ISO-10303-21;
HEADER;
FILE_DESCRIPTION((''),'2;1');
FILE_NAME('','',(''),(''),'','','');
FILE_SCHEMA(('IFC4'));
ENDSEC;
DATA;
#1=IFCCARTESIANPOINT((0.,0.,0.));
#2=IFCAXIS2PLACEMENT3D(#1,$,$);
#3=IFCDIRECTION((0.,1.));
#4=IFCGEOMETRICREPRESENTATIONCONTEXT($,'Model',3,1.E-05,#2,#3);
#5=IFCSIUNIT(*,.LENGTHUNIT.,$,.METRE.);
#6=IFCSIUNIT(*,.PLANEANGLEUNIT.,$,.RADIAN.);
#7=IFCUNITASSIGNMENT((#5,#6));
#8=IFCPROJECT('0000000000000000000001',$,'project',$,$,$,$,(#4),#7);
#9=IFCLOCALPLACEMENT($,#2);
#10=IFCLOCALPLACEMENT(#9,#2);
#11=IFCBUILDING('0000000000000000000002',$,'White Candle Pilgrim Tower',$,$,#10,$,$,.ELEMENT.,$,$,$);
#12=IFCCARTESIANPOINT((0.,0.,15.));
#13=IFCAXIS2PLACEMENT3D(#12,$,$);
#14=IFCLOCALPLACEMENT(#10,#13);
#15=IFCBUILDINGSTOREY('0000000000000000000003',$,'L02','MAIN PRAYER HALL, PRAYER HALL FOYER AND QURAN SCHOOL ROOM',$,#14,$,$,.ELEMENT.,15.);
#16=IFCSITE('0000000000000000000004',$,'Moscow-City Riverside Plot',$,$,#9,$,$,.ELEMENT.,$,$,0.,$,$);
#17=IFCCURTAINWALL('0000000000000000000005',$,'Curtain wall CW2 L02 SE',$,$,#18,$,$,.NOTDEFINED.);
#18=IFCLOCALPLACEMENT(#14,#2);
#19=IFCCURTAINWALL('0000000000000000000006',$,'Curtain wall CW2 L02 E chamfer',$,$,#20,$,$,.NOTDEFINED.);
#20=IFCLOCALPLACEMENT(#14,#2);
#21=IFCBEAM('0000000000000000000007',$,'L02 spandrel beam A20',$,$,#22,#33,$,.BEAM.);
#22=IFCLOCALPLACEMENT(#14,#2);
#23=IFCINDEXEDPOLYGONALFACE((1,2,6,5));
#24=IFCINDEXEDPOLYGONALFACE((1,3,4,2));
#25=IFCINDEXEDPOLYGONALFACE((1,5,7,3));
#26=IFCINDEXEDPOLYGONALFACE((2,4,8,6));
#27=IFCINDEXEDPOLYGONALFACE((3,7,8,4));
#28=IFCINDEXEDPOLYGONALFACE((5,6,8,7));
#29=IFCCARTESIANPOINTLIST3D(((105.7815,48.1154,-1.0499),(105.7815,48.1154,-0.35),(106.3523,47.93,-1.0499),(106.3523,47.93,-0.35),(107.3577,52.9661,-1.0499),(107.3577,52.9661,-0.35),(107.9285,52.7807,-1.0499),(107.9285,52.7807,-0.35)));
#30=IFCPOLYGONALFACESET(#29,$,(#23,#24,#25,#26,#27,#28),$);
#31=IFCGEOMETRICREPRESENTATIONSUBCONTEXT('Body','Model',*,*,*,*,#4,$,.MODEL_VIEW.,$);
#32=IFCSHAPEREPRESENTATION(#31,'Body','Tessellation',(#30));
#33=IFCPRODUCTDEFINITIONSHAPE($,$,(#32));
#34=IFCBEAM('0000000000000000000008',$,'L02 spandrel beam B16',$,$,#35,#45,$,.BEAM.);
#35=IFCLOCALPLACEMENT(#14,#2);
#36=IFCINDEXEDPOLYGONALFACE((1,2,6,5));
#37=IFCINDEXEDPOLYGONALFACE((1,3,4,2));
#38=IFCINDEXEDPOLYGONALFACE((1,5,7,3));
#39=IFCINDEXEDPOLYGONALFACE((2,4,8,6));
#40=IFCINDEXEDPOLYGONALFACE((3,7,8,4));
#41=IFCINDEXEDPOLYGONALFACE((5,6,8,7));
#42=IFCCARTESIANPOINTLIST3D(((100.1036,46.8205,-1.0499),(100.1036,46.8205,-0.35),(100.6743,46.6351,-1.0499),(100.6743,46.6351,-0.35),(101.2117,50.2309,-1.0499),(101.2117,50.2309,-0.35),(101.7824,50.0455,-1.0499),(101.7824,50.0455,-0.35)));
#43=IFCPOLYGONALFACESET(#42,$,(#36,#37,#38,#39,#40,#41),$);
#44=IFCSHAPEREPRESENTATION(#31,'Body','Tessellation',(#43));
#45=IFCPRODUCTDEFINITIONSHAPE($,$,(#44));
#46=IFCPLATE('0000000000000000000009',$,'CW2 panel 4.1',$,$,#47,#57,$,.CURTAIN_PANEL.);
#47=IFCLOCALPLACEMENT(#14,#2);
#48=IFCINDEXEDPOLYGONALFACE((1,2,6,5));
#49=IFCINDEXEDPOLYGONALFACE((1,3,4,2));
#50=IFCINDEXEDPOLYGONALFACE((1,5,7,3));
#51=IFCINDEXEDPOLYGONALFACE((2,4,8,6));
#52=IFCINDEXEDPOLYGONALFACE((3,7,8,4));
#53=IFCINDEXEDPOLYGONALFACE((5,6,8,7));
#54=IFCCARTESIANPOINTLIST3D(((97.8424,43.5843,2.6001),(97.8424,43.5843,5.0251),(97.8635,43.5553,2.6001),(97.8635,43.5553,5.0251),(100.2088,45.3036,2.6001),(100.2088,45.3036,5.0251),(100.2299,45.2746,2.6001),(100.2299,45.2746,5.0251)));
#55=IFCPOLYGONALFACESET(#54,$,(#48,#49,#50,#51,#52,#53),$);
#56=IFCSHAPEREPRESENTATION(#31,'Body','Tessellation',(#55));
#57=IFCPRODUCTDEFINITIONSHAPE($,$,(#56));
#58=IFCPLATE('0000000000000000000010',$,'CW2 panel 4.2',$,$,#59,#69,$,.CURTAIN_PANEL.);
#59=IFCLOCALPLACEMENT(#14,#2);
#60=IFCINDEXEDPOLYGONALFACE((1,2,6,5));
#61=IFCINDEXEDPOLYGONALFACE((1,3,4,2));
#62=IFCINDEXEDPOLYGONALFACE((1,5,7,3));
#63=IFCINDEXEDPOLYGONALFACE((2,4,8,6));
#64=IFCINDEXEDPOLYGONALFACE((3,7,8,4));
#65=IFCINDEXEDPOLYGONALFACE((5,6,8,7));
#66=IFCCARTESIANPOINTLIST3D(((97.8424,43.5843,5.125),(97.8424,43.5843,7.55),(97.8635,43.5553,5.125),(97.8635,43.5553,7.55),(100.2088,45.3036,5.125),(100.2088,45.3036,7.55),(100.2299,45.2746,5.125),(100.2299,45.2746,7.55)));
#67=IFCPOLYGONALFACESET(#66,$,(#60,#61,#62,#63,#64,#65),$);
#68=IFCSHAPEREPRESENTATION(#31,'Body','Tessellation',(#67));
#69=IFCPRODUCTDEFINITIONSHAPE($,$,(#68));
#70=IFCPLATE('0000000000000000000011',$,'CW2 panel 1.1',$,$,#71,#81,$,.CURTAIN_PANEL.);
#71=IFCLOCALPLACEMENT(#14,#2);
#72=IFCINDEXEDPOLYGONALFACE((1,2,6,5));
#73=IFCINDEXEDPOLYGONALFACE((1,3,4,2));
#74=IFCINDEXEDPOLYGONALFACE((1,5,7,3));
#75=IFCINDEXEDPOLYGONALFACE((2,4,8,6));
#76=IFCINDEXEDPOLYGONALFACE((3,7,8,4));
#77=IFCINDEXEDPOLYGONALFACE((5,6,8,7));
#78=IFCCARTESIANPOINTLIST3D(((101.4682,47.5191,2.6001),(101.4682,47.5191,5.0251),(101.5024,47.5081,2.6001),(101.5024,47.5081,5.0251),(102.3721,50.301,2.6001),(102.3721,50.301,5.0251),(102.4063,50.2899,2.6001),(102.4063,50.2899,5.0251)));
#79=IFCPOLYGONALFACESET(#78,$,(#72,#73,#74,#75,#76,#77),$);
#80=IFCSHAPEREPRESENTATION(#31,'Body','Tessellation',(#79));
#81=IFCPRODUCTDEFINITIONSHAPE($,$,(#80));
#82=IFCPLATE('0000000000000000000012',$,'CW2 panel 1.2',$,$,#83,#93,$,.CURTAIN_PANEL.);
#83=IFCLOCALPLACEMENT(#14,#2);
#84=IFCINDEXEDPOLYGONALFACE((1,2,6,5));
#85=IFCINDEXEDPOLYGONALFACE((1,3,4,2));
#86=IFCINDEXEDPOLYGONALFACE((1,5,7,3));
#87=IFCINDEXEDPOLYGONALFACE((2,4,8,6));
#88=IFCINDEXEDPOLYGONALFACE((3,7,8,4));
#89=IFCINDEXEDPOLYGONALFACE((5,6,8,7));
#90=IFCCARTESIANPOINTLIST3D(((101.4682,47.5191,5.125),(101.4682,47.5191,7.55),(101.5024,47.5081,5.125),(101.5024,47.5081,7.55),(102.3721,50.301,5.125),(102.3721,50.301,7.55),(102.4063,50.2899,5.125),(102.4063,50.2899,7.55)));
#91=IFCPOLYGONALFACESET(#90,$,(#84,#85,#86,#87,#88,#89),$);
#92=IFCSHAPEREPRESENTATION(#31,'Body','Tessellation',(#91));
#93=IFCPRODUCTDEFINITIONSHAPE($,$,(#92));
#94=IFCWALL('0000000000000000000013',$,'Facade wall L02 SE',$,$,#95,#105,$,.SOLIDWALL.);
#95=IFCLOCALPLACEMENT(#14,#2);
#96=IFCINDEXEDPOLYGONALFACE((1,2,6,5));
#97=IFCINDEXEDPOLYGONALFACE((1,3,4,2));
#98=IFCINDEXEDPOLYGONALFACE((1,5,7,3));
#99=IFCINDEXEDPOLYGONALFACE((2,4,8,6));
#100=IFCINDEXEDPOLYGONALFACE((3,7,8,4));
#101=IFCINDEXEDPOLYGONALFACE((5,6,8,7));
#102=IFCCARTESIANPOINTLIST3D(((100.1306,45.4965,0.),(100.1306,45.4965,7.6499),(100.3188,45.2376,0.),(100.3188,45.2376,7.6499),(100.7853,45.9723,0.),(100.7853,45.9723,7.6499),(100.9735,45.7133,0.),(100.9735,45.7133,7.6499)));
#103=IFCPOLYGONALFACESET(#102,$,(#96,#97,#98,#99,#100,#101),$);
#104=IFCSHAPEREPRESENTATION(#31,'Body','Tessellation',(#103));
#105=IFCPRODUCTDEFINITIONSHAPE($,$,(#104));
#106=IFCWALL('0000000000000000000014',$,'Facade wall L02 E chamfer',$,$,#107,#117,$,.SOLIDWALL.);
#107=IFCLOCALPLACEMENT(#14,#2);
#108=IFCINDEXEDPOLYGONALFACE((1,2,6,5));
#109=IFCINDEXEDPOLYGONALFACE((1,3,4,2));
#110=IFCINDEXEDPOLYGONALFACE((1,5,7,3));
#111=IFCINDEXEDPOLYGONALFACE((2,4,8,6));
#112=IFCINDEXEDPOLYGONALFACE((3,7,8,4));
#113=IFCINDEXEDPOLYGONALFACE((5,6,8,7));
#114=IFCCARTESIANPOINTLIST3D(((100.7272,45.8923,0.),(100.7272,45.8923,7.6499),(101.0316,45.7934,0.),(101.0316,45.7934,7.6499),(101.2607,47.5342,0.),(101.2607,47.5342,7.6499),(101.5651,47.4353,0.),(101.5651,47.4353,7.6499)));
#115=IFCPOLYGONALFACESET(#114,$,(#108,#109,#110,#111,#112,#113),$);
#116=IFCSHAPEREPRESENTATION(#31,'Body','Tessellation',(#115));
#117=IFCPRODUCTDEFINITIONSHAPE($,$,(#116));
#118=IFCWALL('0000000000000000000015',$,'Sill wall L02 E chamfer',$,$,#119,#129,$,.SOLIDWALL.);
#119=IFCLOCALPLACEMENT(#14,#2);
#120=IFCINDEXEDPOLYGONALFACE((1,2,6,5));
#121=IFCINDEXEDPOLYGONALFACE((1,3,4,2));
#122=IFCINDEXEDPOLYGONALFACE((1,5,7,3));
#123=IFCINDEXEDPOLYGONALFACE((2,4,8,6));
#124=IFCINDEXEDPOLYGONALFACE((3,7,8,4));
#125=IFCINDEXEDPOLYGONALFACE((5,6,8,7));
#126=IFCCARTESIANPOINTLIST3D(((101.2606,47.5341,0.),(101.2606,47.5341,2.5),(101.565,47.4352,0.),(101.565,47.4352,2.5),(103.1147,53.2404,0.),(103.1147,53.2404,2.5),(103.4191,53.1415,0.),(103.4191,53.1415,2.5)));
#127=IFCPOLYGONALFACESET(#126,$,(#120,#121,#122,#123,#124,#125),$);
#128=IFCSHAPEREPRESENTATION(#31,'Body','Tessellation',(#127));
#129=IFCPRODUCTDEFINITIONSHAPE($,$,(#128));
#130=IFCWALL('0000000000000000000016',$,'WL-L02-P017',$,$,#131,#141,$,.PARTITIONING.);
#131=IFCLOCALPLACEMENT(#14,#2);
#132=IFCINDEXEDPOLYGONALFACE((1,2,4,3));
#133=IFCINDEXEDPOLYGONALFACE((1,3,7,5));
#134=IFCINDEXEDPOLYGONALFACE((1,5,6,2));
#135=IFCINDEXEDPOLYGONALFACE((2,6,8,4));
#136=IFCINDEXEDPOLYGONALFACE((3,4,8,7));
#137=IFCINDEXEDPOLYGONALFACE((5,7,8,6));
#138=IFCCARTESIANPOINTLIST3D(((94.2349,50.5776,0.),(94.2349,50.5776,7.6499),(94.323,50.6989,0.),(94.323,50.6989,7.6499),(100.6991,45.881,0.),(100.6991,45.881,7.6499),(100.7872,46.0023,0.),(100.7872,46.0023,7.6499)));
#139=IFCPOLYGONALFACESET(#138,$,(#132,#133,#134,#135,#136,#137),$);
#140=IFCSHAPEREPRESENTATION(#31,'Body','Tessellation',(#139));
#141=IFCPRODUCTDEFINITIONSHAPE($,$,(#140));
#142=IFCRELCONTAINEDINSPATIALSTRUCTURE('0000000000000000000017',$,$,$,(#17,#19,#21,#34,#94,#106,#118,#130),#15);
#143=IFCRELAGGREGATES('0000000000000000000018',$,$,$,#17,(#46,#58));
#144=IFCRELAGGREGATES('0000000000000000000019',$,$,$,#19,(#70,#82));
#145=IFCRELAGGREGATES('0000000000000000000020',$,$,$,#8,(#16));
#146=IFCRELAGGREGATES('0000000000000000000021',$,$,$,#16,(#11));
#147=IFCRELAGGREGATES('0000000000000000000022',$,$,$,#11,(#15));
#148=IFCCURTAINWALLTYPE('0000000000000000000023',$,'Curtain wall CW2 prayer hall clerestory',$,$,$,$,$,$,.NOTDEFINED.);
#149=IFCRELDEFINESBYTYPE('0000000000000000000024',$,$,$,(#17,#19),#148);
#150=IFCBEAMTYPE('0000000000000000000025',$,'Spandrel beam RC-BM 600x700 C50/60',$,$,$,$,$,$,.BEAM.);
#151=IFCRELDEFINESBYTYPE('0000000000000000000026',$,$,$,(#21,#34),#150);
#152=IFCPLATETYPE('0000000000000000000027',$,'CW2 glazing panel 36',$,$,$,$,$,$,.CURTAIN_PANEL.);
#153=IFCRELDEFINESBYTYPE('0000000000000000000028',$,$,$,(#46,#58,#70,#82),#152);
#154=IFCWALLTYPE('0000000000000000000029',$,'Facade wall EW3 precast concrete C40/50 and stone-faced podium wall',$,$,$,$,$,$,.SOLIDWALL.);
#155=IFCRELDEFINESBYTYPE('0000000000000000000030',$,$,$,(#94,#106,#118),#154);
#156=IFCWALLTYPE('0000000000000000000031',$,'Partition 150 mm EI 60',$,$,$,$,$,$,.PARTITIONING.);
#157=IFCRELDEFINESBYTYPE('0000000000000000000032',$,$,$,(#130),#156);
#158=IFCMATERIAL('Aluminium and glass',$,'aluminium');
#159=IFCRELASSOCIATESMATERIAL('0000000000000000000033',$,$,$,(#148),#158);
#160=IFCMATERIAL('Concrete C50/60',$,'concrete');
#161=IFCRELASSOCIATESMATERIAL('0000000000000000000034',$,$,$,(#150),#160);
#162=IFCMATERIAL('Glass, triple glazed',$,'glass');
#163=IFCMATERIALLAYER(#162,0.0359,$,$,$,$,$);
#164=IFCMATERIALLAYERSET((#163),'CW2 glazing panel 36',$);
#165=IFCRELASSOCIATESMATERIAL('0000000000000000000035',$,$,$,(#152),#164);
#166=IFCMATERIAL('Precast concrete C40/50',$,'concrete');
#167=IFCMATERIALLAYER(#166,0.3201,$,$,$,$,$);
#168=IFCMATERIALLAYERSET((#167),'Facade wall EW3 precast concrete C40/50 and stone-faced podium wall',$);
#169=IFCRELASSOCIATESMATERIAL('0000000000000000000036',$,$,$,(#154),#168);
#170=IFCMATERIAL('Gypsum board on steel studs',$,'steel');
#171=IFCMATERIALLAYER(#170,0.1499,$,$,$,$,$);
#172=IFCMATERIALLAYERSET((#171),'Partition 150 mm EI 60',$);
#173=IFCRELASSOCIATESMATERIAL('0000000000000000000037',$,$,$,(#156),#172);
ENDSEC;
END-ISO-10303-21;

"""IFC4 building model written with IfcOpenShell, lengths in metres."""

from ifc_helpers import new_model, si_unit, direction, frame, frame_2d, origin, origin_2d, place, context, subcontext, project, spatial, rectangle, extrude, material, layer, layer_set, material_profile, profile_set, type_object, element, aggregate, save


model = new_model("IFC4")

# Units and contexts
model_context = context("Model", 3, precision=1e-05, world=origin(), true_north=direction((0.0, 1.0)))
body_context = subcontext(model_context, "Body", "Model", "MODEL_VIEW")
ifc_project = project(units=[si_unit("LENGTHUNIT", "METRE"), si_unit("PLANEANGLEUNIT", "RADIAN")], contexts=[model_context])

# Site, building, storey
site_placement = place(None, origin())
site = spatial("IfcSite", under=ifc_project, at=site_placement, Name="Moscow-City Riverside Plot", CompositionType="ELEMENT", RefElevation=0.0)
building_placement = place(site_placement, origin())
building = spatial("IfcBuilding", under=site, at=building_placement, Name="White Candle Pilgrim Tower", CompositionType="ELEMENT")
storey_placement = place(building_placement, frame((0.0, 0.0, 15.0)))
storey = spatial("IfcBuildingStorey", under=building, at=storey_placement, Name="L02", Description="MAIN PRAYER HALL, PRAYER HALL FOYER AND QURAN SCHOOL ROOM", CompositionType="ELEMENT", Elevation=15.0)

# Curtain wall
ifc_material_1 = material(Name="Aluminium and glass", Category="aluminium")
curtain_wall_type = type_object("IfcCurtainWallType", Name="Curtain wall CW2 prayer hall clerestory", PredefinedType="NOTDEFINED", material=ifc_material_1)
curtain_wall_1_placement = place(storey_placement, origin())
curtain_wall_1 = element("IfcCurtainWall", 1, at=curtain_wall_1_placement, inside=storey, type_object=curtain_wall_type, Name="Curtain wall CW2 L02 SE", PredefinedType="NOTDEFINED")

# Curtain wall
curtain_wall_2_placement = place(storey_placement, origin())
curtain_wall_2 = element("IfcCurtainWall", 2, at=curtain_wall_2_placement, inside=storey, type_object=curtain_wall_type, Name="Curtain wall CW2 L02 E chamfer", PredefinedType="NOTDEFINED")

# Beams
ifc_material_2 = material(Name="Concrete C50/60", Category="concrete")
ifc_material_profile_1 = material_profile(ifc_material_2, rectangle(XDim=0.6001, YDim=0.7, at=origin_2d()), Name="RC-BM 600x700")
ifc_profile_set_1 = profile_set([ifc_material_profile_1], Name="Concrete C50/60")
beam_type = type_object("IfcBeamType", Name="Spandrel beam RC-BM 600x700 C50/60", PredefinedType="BEAM", material=ifc_profile_set_1)
beam_1_placement = place(storey_placement, frame((106.0669, 48.0227, -0.7), z_axis=(0.309038, 0.95105, 0.0), x_axis=(-0.95105, 0.309038, 0.0)))
element("IfcBeam", 3, at=beam_1_placement, inside=storey, type_object=beam_type, Name="L02 spandrel beam A20", PredefinedType="BEAM", context=body_context, shape_type="SweptSolid", body=[
    extrude(rectangle(XDim=0.6001, YDim=0.7, at=origin_2d()), origin(), (0.0, 0.0, 1.0), 5.1003),
])
beam_2_placement = place(storey_placement, frame((100.3889, 46.7278, -0.7), z_axis=(0.309029, 0.951053, 0.0), x_axis=(-0.951053, 0.309029, 0.0)))
element("IfcBeam", 4, at=beam_2_placement, inside=storey, type_object=beam_type, Name="L02 spandrel beam B16", PredefinedType="BEAM", context=body_context, shape_type="SweptSolid", body=[
    extrude(rectangle(XDim=0.6001, YDim=0.7, at=origin_2d()), origin(), (0.0, 0.0, 1.0), 3.5859),
])

# Plates
ifc_material_3 = material(Name="Glass, triple glazed", Category="glass")
ifc_layer_1 = layer(ifc_material_3, 0.0359)
ifc_layer_set_1 = layer_set([ifc_layer_1], Name="CW2 glazing panel 36")
plate_type = type_object("IfcPlateType", Name="CW2 glazing panel 36", PredefinedType="CURTAIN_PANEL", material=ifc_layer_set_1)
plate_1_placement = place(storey_placement, frame((99.0361, 44.4294, 2.6001), z_axis=(0.0, 0.0, 1.0), x_axis=(0.809017, 0.587785, 0.0)))
plate_1 = element("IfcPlate", 5, at=plate_1_placement, type_object=plate_type, Name="CW2 panel 4.1", PredefinedType="CURTAIN_PANEL", context=body_context, shape_type="SweptSolid", body=[
    extrude(rectangle(XDim=2.925, YDim=0.0359, at=origin_2d()), origin(), (0.0, 0.0, 1.0), 2.425),
])
plate_2_placement = place(storey_placement, frame((99.0361, 44.4294, 5.125), z_axis=(0.0, 0.0, 1.0), x_axis=(0.809017, 0.587785, 0.0)))
plate_2 = element("IfcPlate", 6, at=plate_2_placement, type_object=plate_type, Name="CW2 panel 4.2", PredefinedType="CURTAIN_PANEL", context=body_context, shape_type="SweptSolid", body=[
    extrude(rectangle(XDim=2.925, YDim=0.0359, at=origin_2d()), origin(), (0.0, 0.0, 1.0), 2.425),
])
aggregate(curtain_wall_1, [plate_1, plate_2])
plate_3_placement = place(storey_placement, frame((101.9373, 48.9045, 2.6001), z_axis=(0.0, 0.0, 1.0), x_axis=(0.309017, 0.951057, 0.0)))
plate_3 = element("IfcPlate", 7, at=plate_3_placement, type_object=plate_type, Name="CW2 panel 1.1", PredefinedType="CURTAIN_PANEL", context=body_context, shape_type="SweptSolid", body=[
    extrude(rectangle(XDim=2.925, YDim=0.0359, at=origin_2d()), origin(), (0.0, 0.0, 1.0), 2.425),
])
plate_4_placement = place(storey_placement, frame((101.9373, 48.9045, 5.125), z_axis=(0.0, 0.0, 1.0), x_axis=(0.309017, 0.951057, 0.0)))
plate_4 = element("IfcPlate", 8, at=plate_4_placement, type_object=plate_type, Name="CW2 panel 1.2", PredefinedType="CURTAIN_PANEL", context=body_context, shape_type="SweptSolid", body=[
    extrude(rectangle(XDim=2.925, YDim=0.0359, at=origin_2d()), origin(), (0.0, 0.0, 1.0), 2.425),
])
aggregate(curtain_wall_2, [plate_3, plate_4])

# Walls
ifc_material_4 = material(Name="Precast concrete C40/50", Category="concrete")
ifc_layer_2 = layer(ifc_material_4, 0.3201)
ifc_layer_set_2 = layer_set([ifc_layer_2], Name="Facade wall EW3 precast concrete C40/50 and stone-faced podium wall")
wall_type_1 = type_object("IfcWallType", Name="Facade wall EW3 precast concrete C40/50 and stone-faced podium wall", PredefinedType="SOLIDWALL", material=ifc_layer_set_2)
wall_1_placement = place(storey_placement, frame((100.2246, 45.3669, 0.0), z_axis=(0.0, 0.0, 1.0), x_axis=(0.808958, 0.587867, 0.0)))
element("IfcWall", 9, at=wall_1_placement, inside=storey, type_object=wall_type_1, Name="Facade wall L02 SE", PredefinedType="SOLIDWALL", context=body_context, shape_type="SweptSolid", body=[
    extrude(rectangle(XDim=0.8093, YDim=0.3201, at=frame_2d((0.4048, 0.0))), origin(), (0.0, 0.0, 1.0), 7.6499),
])
wall_2_placement = place(storey_placement, frame((100.8794, 45.8428, 0.0), z_axis=(0.0, 0.0, 1.0), x_axis=(0.309006, 0.95106, 0.0)))
element("IfcWall", 10, at=wall_2_placement, inside=storey, type_object=wall_type_1, Name="Facade wall L02 E chamfer", PredefinedType="SOLIDWALL", context=body_context, shape_type="SweptSolid", body=[
    extrude(rectangle(XDim=1.7263, YDim=0.3201, at=frame_2d((0.8633, 0.0))), origin(), (0.0, 0.0, 1.0), 7.6499),
])
wall_3_placement = place(storey_placement, frame((101.4128, 47.4846, 0.0), z_axis=(0.0, 0.0, 1.0), x_axis=(0.309004, 0.951061, 0.0)))
element("IfcWall", 11, at=wall_3_placement, inside=storey, type_object=wall_type_1, Name="Sill wall L02 E chamfer", PredefinedType="SOLIDWALL", context=body_context, shape_type="SweptSolid", body=[
    extrude(rectangle(XDim=6.0, YDim=0.3201, at=frame_2d((3.0, 0.0))), origin(), (0.0, 0.0, 1.0), 2.5),
])
ifc_material_5 = material(Name="Gypsum board on steel studs", Category="steel")
ifc_layer_3 = layer(ifc_material_5, 0.1499)
ifc_layer_set_3 = layer_set([ifc_layer_3], Name="Partition 150 mm EI 60")
wall_type_2 = type_object("IfcWallType", Name="Partition 150 mm EI 60", PredefinedType="PARTITIONING", material=ifc_layer_set_3)
wall_4_placement = place(storey_placement, frame((100.7432, 45.9417, 0.0), z_axis=(0.0, 0.0, 1.0), x_axis=(-0.809012, 0.587792, 0.0)))
element("IfcWall", 12, at=wall_4_placement, inside=storey, type_object=wall_type_2, Name="WL-L02-P017", PredefinedType="PARTITIONING", context=body_context, shape_type="SweptSolid", body=[
    extrude(rectangle(XDim=7.9902, YDim=0.1499, at=frame_2d((3.9951, 0.0))), origin(), (0.0, 0.0, 1.0), 7.6499),
])

save(model, "model.ifc")
